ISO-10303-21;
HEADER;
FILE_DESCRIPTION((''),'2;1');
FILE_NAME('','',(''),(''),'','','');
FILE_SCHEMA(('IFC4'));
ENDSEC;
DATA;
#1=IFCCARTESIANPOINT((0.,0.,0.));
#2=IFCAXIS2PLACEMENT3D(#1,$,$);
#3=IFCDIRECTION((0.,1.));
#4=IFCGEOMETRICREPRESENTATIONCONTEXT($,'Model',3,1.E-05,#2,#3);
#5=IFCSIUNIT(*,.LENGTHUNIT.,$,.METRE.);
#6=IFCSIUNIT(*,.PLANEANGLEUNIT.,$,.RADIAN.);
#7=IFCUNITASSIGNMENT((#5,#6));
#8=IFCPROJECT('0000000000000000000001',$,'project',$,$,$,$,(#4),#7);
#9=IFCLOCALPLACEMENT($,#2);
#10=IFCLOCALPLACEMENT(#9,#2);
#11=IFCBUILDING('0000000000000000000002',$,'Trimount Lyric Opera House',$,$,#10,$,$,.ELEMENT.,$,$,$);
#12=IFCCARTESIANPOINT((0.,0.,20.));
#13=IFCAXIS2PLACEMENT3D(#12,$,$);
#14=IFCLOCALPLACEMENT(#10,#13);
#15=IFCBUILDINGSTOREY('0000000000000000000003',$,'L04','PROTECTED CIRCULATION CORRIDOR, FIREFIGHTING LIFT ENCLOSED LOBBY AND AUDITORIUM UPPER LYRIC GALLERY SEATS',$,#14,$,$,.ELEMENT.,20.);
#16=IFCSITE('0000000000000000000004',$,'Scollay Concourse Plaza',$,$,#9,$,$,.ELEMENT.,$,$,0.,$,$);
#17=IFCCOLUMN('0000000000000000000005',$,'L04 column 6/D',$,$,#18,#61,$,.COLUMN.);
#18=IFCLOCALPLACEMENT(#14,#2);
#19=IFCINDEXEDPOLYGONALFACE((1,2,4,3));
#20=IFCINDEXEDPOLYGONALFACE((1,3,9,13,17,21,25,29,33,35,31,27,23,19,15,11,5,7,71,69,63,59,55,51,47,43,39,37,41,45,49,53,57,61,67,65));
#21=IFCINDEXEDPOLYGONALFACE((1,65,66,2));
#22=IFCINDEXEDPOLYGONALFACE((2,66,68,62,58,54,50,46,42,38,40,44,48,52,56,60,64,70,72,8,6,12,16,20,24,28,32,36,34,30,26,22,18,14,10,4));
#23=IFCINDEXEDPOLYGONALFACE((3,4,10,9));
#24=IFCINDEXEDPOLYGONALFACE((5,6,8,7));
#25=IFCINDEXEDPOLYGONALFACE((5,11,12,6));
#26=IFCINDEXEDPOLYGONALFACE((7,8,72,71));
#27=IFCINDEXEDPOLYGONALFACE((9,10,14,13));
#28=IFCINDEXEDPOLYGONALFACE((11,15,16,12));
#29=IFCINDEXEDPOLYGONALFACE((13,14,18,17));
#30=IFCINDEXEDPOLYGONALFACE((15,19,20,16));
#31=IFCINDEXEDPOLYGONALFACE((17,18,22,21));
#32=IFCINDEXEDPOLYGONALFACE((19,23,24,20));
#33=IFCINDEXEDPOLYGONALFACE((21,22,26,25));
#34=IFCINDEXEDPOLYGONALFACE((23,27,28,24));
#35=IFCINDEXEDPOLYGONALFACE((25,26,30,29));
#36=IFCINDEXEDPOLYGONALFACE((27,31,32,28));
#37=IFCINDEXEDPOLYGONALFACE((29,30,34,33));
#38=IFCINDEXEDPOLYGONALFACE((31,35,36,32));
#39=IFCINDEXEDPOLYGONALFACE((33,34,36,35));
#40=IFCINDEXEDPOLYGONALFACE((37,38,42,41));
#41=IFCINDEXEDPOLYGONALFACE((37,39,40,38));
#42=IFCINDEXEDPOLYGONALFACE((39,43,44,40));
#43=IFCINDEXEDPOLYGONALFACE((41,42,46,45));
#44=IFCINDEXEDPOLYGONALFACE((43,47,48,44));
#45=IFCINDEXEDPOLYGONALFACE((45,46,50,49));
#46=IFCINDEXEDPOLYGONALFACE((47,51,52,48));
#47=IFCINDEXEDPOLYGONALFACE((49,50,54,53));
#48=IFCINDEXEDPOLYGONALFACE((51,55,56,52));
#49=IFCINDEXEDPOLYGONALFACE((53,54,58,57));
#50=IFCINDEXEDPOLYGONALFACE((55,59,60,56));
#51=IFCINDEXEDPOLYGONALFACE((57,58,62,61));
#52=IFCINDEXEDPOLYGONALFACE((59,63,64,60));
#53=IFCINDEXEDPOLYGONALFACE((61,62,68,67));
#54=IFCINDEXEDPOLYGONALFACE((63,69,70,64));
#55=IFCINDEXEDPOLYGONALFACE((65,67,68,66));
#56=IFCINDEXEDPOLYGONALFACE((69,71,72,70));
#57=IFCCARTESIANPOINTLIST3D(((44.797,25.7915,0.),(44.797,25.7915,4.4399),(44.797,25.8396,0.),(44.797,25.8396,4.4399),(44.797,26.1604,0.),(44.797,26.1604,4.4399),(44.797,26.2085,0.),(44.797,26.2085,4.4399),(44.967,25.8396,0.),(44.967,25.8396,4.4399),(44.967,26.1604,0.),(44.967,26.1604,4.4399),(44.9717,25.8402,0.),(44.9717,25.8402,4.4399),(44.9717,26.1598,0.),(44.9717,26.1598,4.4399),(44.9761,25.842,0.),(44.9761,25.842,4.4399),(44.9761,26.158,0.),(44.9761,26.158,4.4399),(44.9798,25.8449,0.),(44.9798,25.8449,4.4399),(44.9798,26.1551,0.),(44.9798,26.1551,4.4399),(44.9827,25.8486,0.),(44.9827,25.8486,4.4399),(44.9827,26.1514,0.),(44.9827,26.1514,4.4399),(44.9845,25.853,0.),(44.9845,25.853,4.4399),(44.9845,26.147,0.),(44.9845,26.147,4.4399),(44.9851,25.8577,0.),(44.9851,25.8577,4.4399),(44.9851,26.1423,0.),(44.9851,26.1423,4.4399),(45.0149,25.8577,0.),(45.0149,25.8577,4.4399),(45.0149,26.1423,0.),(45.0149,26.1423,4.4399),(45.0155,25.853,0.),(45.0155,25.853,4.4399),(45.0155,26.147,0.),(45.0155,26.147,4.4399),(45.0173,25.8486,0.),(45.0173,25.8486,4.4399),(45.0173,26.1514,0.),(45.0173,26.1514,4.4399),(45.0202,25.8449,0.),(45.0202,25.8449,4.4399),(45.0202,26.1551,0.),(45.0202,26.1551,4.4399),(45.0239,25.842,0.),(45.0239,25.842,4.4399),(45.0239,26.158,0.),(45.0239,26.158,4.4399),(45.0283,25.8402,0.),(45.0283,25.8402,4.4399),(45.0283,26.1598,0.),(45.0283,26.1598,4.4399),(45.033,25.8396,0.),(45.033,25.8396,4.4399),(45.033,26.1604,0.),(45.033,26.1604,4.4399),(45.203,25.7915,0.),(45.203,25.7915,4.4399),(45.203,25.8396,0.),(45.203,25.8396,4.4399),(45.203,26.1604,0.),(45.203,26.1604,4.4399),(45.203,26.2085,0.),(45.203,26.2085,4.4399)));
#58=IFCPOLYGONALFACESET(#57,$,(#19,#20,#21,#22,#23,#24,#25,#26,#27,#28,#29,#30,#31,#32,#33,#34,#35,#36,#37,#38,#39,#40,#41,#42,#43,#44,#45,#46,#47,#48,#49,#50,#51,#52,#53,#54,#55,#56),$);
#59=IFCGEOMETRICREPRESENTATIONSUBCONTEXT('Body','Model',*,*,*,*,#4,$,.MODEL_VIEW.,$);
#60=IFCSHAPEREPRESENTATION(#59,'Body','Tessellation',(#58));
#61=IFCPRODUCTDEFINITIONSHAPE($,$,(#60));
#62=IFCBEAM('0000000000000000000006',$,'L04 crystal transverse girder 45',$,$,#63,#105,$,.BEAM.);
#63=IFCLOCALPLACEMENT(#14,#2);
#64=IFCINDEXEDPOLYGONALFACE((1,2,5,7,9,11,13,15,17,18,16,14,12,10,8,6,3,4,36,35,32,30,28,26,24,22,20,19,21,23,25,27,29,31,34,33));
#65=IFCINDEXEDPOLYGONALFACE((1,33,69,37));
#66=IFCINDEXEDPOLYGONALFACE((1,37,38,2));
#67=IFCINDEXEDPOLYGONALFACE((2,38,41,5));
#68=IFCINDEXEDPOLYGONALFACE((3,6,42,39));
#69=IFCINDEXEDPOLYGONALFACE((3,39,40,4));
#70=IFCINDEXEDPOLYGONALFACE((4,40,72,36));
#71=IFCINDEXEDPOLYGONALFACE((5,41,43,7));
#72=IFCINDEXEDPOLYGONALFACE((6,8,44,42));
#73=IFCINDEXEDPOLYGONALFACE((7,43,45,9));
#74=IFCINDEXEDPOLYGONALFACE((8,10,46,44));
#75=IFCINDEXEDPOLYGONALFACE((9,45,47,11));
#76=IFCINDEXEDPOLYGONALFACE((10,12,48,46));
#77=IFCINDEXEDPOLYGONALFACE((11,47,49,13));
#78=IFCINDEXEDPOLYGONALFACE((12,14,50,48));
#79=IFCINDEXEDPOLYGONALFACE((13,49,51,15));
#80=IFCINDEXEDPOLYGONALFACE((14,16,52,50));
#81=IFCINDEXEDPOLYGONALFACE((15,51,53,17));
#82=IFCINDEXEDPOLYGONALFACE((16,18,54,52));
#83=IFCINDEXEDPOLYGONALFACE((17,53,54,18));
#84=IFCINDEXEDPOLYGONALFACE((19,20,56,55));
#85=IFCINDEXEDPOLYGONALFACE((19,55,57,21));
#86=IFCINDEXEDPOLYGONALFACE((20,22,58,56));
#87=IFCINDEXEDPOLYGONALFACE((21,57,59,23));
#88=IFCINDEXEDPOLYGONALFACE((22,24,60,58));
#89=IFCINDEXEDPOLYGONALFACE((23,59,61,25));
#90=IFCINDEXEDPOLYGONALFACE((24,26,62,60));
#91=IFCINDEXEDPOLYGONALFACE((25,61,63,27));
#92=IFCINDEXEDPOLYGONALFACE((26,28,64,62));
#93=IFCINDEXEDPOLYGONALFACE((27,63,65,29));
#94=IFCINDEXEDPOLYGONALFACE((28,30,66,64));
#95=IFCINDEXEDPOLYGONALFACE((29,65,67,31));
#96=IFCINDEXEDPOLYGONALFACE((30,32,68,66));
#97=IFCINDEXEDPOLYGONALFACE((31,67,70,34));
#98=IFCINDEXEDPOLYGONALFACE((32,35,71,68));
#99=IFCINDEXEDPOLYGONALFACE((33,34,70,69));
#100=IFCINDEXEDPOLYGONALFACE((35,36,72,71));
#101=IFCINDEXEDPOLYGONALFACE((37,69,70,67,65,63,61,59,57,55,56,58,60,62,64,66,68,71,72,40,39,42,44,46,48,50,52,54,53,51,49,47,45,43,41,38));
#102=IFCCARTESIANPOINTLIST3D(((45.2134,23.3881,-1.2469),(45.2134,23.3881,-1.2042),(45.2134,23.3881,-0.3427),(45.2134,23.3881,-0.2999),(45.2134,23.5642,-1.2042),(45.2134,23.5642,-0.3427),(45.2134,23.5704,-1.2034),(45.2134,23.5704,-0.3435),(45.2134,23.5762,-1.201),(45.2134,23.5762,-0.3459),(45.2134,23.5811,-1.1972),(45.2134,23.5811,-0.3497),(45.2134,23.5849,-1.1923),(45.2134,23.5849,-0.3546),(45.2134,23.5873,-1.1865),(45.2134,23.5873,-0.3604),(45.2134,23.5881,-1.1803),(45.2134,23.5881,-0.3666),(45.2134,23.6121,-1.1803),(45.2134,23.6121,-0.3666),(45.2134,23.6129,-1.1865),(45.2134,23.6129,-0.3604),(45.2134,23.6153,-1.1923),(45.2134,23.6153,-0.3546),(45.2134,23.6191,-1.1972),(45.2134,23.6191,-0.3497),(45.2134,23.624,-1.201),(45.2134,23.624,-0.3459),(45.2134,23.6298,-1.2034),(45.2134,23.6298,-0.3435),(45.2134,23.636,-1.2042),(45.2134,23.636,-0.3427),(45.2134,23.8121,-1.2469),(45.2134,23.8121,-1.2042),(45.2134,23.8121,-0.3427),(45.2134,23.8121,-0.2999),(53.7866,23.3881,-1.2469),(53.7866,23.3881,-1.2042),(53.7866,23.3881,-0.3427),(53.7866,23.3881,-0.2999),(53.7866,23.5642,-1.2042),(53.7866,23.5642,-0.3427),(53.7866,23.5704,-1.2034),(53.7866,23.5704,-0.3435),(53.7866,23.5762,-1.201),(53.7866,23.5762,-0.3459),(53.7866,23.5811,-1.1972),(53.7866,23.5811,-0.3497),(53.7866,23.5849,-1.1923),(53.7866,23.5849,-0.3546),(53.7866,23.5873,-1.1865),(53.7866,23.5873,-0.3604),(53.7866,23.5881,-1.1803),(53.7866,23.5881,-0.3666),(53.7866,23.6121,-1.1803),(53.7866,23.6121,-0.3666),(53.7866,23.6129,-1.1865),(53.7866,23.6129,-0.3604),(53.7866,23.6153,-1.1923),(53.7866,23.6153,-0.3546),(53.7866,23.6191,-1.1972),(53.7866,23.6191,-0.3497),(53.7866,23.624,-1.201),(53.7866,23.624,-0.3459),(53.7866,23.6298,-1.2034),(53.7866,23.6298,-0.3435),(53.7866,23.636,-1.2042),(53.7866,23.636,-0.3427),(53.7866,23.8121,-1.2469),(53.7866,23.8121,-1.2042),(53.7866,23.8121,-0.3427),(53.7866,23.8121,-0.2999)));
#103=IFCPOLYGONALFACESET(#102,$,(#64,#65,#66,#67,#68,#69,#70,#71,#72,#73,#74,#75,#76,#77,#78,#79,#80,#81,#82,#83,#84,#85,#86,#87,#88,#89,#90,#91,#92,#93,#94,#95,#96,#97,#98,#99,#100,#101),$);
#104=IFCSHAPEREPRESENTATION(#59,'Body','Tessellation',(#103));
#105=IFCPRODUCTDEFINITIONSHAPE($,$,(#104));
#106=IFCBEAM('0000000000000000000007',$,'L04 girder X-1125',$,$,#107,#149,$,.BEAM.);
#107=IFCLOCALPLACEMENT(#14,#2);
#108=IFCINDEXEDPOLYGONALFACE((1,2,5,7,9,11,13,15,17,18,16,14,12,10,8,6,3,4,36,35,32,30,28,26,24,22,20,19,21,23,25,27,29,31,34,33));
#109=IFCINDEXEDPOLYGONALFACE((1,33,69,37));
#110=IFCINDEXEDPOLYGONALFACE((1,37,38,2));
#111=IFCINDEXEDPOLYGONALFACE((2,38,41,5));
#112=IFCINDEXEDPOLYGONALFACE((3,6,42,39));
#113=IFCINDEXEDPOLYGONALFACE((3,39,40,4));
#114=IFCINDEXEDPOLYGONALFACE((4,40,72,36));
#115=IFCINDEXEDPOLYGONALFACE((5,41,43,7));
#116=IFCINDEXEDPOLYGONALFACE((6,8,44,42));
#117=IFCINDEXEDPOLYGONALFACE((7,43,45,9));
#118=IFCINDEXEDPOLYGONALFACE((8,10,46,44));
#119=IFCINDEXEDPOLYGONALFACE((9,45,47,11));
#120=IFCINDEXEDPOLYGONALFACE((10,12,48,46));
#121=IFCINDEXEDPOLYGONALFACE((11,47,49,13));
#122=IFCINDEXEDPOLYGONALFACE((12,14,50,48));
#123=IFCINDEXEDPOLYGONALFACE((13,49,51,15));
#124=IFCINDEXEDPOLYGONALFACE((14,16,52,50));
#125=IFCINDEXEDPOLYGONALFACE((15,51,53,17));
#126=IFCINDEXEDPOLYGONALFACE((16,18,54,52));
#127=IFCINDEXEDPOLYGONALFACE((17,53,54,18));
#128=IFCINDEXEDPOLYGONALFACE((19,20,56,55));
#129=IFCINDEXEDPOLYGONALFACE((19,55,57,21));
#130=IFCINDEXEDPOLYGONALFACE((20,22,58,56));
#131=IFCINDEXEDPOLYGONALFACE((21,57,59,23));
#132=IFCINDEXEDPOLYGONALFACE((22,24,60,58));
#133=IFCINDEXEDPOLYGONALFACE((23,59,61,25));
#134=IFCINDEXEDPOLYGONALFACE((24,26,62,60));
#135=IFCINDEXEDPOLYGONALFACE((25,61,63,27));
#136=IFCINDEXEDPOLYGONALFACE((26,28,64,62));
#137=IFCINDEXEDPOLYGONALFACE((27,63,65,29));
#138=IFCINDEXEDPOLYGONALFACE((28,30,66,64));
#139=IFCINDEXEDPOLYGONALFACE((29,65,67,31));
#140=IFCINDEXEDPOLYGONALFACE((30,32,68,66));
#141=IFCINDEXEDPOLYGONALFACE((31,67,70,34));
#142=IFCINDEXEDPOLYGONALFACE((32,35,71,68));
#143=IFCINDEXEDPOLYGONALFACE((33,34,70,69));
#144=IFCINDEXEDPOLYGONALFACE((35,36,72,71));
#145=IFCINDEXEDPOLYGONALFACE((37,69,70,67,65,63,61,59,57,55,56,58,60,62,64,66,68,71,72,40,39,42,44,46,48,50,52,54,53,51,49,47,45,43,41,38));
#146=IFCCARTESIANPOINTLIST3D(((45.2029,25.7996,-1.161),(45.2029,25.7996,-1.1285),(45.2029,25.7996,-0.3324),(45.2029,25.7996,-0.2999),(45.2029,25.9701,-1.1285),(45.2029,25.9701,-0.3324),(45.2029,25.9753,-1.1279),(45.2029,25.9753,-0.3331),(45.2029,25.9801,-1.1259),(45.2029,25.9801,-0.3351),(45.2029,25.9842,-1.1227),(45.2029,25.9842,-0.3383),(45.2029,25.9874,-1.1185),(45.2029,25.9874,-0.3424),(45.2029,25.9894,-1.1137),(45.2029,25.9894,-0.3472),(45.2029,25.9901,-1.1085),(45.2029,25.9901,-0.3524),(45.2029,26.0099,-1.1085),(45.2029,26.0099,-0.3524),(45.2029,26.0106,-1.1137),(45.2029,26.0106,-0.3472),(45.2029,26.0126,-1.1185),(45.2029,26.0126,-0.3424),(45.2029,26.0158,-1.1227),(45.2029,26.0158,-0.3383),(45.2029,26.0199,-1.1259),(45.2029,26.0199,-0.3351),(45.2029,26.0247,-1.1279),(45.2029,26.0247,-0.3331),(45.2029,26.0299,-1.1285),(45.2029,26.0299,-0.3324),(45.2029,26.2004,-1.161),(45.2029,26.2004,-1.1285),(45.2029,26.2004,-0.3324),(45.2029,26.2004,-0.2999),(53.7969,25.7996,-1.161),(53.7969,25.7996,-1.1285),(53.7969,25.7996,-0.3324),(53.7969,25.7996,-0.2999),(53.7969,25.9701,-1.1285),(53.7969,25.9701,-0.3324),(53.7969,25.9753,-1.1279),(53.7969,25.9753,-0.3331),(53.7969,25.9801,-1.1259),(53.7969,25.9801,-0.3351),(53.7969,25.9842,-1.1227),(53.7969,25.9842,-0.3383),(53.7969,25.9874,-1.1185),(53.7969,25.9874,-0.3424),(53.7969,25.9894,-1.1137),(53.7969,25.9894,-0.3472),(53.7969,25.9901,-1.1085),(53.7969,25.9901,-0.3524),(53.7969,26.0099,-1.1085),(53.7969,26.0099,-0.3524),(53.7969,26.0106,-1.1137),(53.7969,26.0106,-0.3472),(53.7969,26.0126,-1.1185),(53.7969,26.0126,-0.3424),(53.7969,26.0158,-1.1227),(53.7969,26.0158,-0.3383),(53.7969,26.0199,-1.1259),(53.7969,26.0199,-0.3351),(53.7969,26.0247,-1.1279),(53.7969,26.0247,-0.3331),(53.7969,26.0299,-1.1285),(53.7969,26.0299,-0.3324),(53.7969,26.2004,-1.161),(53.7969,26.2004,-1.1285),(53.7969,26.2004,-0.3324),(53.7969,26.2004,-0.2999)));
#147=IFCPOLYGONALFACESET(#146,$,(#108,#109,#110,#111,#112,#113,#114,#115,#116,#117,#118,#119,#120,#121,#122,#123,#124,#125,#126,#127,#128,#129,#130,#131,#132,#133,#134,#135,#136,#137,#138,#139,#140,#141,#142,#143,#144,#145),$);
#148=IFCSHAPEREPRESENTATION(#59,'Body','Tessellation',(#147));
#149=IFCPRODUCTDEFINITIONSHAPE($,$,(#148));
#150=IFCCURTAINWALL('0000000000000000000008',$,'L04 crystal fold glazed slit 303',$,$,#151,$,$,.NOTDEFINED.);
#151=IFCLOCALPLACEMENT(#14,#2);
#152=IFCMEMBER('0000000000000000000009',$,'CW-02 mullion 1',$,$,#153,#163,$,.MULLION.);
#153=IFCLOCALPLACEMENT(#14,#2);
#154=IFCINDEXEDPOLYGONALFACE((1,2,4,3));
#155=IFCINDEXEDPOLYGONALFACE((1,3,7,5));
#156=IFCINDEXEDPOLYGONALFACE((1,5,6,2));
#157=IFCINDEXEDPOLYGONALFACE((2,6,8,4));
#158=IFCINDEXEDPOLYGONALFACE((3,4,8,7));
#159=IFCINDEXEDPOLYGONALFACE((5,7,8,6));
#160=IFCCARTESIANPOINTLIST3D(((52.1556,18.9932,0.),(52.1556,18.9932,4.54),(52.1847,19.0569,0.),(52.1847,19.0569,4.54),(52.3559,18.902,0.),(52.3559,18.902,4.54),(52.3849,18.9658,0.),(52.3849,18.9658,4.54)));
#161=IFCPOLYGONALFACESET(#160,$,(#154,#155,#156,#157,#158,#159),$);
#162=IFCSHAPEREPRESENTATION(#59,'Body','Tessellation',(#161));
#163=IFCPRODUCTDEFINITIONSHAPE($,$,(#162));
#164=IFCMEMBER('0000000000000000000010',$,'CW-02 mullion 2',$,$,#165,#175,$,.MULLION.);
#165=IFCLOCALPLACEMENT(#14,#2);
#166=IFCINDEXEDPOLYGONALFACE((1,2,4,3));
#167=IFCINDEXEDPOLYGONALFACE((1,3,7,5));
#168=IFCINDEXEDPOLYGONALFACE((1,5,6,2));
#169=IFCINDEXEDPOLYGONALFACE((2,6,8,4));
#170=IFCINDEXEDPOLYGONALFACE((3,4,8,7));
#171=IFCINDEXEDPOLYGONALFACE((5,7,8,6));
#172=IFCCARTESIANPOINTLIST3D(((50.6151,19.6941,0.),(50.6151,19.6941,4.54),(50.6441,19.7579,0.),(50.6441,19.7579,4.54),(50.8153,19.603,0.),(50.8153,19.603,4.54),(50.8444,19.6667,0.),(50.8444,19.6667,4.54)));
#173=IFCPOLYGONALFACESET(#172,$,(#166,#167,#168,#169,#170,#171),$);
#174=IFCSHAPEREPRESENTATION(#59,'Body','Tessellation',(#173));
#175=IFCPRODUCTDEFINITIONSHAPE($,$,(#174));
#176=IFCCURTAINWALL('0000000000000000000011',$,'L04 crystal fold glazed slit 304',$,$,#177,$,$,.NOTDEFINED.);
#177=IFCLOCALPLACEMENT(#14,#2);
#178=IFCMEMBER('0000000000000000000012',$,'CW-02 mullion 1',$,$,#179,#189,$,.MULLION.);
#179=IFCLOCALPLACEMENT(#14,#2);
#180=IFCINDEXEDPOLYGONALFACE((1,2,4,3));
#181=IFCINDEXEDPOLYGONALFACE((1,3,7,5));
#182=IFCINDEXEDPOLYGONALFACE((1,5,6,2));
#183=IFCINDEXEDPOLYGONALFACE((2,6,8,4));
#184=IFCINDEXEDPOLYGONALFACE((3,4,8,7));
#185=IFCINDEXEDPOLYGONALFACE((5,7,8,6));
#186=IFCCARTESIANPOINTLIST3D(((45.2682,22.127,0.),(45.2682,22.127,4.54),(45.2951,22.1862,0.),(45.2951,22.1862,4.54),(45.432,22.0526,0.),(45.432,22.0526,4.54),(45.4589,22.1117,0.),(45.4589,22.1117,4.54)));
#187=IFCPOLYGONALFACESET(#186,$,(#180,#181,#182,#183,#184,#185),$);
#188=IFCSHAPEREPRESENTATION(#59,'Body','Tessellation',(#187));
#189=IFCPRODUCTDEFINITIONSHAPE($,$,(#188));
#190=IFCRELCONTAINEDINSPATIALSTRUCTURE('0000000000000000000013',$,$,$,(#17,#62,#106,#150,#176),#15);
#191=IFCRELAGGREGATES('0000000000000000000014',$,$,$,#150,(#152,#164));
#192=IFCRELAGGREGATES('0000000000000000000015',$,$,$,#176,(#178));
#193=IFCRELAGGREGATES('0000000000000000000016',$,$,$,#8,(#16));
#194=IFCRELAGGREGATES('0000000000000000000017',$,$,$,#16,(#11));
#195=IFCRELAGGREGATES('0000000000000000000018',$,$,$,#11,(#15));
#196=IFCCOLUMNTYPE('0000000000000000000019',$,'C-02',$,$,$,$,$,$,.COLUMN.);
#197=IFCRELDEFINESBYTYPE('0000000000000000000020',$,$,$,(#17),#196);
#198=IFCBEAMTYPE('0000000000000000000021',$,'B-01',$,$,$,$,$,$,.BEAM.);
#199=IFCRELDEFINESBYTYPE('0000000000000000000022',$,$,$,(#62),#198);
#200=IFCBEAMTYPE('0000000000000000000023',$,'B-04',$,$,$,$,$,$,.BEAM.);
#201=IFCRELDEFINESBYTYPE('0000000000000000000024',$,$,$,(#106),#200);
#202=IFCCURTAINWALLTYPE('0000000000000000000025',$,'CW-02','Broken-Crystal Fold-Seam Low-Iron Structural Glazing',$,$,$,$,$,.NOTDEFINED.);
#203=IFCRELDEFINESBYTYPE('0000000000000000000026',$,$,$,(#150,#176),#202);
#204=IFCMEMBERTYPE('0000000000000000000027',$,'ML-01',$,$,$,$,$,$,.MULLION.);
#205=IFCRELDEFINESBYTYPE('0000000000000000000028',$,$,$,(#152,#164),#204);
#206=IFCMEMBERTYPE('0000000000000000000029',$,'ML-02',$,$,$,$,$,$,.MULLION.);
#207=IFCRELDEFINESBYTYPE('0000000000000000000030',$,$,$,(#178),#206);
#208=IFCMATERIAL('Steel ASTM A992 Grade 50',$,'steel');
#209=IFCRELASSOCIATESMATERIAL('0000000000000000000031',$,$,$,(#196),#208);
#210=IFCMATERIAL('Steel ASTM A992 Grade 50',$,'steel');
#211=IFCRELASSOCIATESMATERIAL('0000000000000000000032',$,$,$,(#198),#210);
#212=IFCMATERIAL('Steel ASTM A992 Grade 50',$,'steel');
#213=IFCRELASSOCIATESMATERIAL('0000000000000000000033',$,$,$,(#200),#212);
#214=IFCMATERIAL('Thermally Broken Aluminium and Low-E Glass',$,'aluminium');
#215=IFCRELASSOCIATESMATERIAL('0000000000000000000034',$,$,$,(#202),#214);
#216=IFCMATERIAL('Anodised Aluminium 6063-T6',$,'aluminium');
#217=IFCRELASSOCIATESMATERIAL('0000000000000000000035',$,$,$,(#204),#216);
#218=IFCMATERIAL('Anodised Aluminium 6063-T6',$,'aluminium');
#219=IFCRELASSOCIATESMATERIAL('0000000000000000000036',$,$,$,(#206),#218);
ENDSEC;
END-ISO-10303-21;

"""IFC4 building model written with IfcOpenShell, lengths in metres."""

from ifc_helpers import new_model, si_unit, direction, frame, origin, origin_2d, place, context, subcontext, project, spatial, rectangle, i_section, extrude, material, material_profile, profile_set, type_object, element, aggregate, save


model = new_model("IFC4")

# Units and contexts
model_context = context("Model", 3, precision=1e-05, world=origin(), true_north=direction((0.0, 1.0)))
body_context = subcontext(model_context, "Body", "Model", "MODEL_VIEW")
ifc_project = project(units=[si_unit("LENGTHUNIT", "METRE"), si_unit("PLANEANGLEUNIT", "RADIAN")], contexts=[model_context])

# Site, building, storey
site_placement = place(None, origin())
site = spatial("IfcSite", under=ifc_project, at=site_placement, Name="Scollay Concourse Plaza", CompositionType="ELEMENT", RefElevation=0.0)
building_placement = place(site_placement, origin())
building = spatial("IfcBuilding", under=site, at=building_placement, Name="Trimount Lyric Opera House", CompositionType="ELEMENT")
storey_placement = place(building_placement, frame((0.0, 0.0, 20.0)))
storey = spatial("IfcBuildingStorey", under=building, at=storey_placement, Name="L04", Description="PROTECTED CIRCULATION CORRIDOR, FIREFIGHTING LIFT ENCLOSED LOBBY AND AUDITORIUM UPPER LYRIC GALLERY SEATS", CompositionType="ELEMENT", Elevation=20.0)

# Column
ifc_material_1 = material(Name="Steel ASTM A992 Grade 50", Category="steel")
ifc_material_profile_1 = material_profile(ifc_material_1, i_section(OverallWidth=0.406, OverallDepth=0.417, WebThickness=0.0298, FlangeThickness=0.0481, FilletRadius=0.0181, at=origin_2d()), Name="W14X257")
ifc_profile_set_1 = profile_set([ifc_material_profile_1], Name="Steel ASTM A992 Grade 50")
column_type = type_object("IfcColumnType", Name="C-02", PredefinedType="COLUMN", material=ifc_profile_set_1)
column_placement = place(storey_placement, frame((45.0, 26.0, 0.0), z_axis=(0.0, 0.0, 1.0), x_axis=(1.0, 0.0, 0.0)))
element("IfcColumn", 1, at=column_placement, inside=storey, type_object=column_type, Name="L04 column 6/D", PredefinedType="COLUMN", context=body_context, shape_type="SweptSolid", body=[
    extrude(i_section(OverallWidth=0.406, OverallDepth=0.417, WebThickness=0.0298, FlangeThickness=0.0481, FilletRadius=0.0181, at=origin_2d()), origin(), (0.0, 0.0, 1.0), 4.4399),
])

# Beams
ifc_material_2 = material(Name="Steel ASTM A992 Grade 50", Category="steel")
ifc_material_profile_2 = material_profile(ifc_material_2, i_section(OverallWidth=0.4241, OverallDepth=0.947, WebThickness=0.0239, FlangeThickness=0.0427, FilletRadius=0.0239, at=origin_2d()), Name="W36X302")
ifc_profile_set_2 = profile_set([ifc_material_profile_2], Name="Steel ASTM A992 Grade 50")
beam_type_1 = type_object("IfcBeamType", Name="B-01", PredefinedType="BEAM", material=ifc_profile_set_2)
beam_1_placement = place(storey_placement, frame((45.2134, 23.6001, -0.7734), z_axis=(1.0, 0.0, 0.0), x_axis=(0.0, 1.0, 0.0)))
element("IfcBeam", 2, at=beam_1_placement, inside=storey, type_object=beam_type_1, Name="L04 crystal transverse girder 45", PredefinedType="BEAM", context=body_context, shape_type="SweptSolid", body=[
    extrude(i_section(OverallWidth=0.4241, OverallDepth=0.947, WebThickness=0.0239, FlangeThickness=0.0427, FilletRadius=0.0239, at=origin_2d()), origin(), (0.0, 0.0, 1.0), 8.5732),
])
ifc_material_3 = material(Name="Steel ASTM A992 Grade 50", Category="steel")
ifc_material_profile_3 = material_profile(ifc_material_3, i_section(OverallWidth=0.4009, OverallDepth=0.8611, WebThickness=0.0198, FlangeThickness=0.0325, FilletRadius=0.02, at=origin_2d()), Name="W33X221")
ifc_profile_set_3 = profile_set([ifc_material_profile_3], Name="Steel ASTM A992 Grade 50")
beam_type_2 = type_object("IfcBeamType", Name="B-04", PredefinedType="BEAM", material=ifc_profile_set_3)
beam_2_placement = place(storey_placement, frame((45.2029, 26.0, -0.7305), z_axis=(1.0, 0.0, 0.0), x_axis=(0.0, 1.0, 0.0)))
element("IfcBeam", 3, at=beam_2_placement, inside=storey, type_object=beam_type_2, Name="L04 girder X-1125", PredefinedType="BEAM", context=body_context, shape_type="SweptSolid", body=[
    extrude(i_section(OverallWidth=0.4009, OverallDepth=0.8611, WebThickness=0.0198, FlangeThickness=0.0325, FilletRadius=0.02, at=origin_2d()), origin(), (0.0, 0.0, 1.0), 8.594),
])

# Curtain wall, members
ifc_material_4 = material(Name="Thermally Broken Aluminium and Low-E Glass", Category="aluminium")
curtain_wall_type = type_object("IfcCurtainWallType", Name="CW-02", Description="Broken-Crystal Fold-Seam Low-Iron Structural Glazing", PredefinedType="NOTDEFINED", material=ifc_material_4)
curtain_wall_1_placement = place(storey_placement, origin())
curtain_wall_1 = element("IfcCurtainWall", 4, at=curtain_wall_1_placement, inside=storey, type_object=curtain_wall_type, Name="L04 crystal fold glazed slit 303", PredefinedType="NOTDEFINED")
ifc_material_5 = material(Name="Anodised Aluminium 6063-T6", Category="aluminium")
ifc_material_profile_4 = material_profile(ifc_material_5, rectangle(XDim=0.0701, YDim=0.22, at=origin_2d()), Name="ALU-MULL-70X220")
ifc_profile_set_4 = profile_set([ifc_material_profile_4], Name="Anodised Aluminium 6063-T6")
member_type_1 = type_object("IfcMemberType", Name="ML-01", PredefinedType="MULLION", material=ifc_profile_set_4)
member_1_placement = place(storey_placement, frame((52.2703, 18.9795, 0.0), z_axis=(0.0, 0.0, 1.0), x_axis=(-0.41423, -0.910172, 0.0)))
member_1 = element("IfcMember", 5, at=member_1_placement, type_object=member_type_1, Name="CW-02 mullion 1", PredefinedType="MULLION", context=body_context, shape_type="SweptSolid", body=[
    extrude(rectangle(XDim=0.0701, YDim=0.22, at=origin_2d()), origin(), (0.0, 0.0, 1.0), 4.54),
])
member_2_placement = place(storey_placement, frame((50.7297, 19.6804, 0.0), z_axis=(0.0, 0.0, 1.0), x_axis=(-0.41423, -0.910172, 0.0)))
member_2 = element("IfcMember", 6, at=member_2_placement, type_object=member_type_1, Name="CW-02 mullion 2", PredefinedType="MULLION", context=body_context, shape_type="SweptSolid", body=[
    extrude(rectangle(XDim=0.0701, YDim=0.22, at=origin_2d()), origin(), (0.0, 0.0, 1.0), 4.54),
])

# Curtain wall, member
curtain_wall_2_placement = place(storey_placement, origin())
curtain_wall_2 = element("IfcCurtainWall", 7, at=curtain_wall_2_placement, inside=storey, type_object=curtain_wall_type, Name="L04 crystal fold glazed slit 304", PredefinedType="NOTDEFINED")
ifc_material_6 = material(Name="Anodised Aluminium 6063-T6", Category="aluminium")
ifc_material_profile_5 = material_profile(ifc_material_6, rectangle(XDim=0.0649, YDim=0.1799, at=origin_2d()), Name="ALU-MULL-65X180")
ifc_profile_set_5 = profile_set([ifc_material_profile_5], Name="Anodised Aluminium 6063-T6")
member_type_2 = type_object("IfcMemberType", Name="ML-02", PredefinedType="MULLION", material=ifc_profile_set_5)
member_3_placement = place(storey_placement, frame((45.3635, 22.1194, 0.0), z_axis=(0.0, 0.0, 1.0), x_axis=(-0.413764, -0.910384, 0.0)))
member_3 = element("IfcMember", 8, at=member_3_placement, type_object=member_type_2, Name="CW-02 mullion 1", PredefinedType="MULLION", context=body_context, shape_type="SweptSolid", body=[
    extrude(rectangle(XDim=0.0649, YDim=0.1799, at=origin_2d()), origin(), (0.0, 0.0, 1.0), 4.54),
])

aggregate(curtain_wall_1, [member_1, member_2])
aggregate(curtain_wall_2, [member_3])

save(model, "model.ifc")
